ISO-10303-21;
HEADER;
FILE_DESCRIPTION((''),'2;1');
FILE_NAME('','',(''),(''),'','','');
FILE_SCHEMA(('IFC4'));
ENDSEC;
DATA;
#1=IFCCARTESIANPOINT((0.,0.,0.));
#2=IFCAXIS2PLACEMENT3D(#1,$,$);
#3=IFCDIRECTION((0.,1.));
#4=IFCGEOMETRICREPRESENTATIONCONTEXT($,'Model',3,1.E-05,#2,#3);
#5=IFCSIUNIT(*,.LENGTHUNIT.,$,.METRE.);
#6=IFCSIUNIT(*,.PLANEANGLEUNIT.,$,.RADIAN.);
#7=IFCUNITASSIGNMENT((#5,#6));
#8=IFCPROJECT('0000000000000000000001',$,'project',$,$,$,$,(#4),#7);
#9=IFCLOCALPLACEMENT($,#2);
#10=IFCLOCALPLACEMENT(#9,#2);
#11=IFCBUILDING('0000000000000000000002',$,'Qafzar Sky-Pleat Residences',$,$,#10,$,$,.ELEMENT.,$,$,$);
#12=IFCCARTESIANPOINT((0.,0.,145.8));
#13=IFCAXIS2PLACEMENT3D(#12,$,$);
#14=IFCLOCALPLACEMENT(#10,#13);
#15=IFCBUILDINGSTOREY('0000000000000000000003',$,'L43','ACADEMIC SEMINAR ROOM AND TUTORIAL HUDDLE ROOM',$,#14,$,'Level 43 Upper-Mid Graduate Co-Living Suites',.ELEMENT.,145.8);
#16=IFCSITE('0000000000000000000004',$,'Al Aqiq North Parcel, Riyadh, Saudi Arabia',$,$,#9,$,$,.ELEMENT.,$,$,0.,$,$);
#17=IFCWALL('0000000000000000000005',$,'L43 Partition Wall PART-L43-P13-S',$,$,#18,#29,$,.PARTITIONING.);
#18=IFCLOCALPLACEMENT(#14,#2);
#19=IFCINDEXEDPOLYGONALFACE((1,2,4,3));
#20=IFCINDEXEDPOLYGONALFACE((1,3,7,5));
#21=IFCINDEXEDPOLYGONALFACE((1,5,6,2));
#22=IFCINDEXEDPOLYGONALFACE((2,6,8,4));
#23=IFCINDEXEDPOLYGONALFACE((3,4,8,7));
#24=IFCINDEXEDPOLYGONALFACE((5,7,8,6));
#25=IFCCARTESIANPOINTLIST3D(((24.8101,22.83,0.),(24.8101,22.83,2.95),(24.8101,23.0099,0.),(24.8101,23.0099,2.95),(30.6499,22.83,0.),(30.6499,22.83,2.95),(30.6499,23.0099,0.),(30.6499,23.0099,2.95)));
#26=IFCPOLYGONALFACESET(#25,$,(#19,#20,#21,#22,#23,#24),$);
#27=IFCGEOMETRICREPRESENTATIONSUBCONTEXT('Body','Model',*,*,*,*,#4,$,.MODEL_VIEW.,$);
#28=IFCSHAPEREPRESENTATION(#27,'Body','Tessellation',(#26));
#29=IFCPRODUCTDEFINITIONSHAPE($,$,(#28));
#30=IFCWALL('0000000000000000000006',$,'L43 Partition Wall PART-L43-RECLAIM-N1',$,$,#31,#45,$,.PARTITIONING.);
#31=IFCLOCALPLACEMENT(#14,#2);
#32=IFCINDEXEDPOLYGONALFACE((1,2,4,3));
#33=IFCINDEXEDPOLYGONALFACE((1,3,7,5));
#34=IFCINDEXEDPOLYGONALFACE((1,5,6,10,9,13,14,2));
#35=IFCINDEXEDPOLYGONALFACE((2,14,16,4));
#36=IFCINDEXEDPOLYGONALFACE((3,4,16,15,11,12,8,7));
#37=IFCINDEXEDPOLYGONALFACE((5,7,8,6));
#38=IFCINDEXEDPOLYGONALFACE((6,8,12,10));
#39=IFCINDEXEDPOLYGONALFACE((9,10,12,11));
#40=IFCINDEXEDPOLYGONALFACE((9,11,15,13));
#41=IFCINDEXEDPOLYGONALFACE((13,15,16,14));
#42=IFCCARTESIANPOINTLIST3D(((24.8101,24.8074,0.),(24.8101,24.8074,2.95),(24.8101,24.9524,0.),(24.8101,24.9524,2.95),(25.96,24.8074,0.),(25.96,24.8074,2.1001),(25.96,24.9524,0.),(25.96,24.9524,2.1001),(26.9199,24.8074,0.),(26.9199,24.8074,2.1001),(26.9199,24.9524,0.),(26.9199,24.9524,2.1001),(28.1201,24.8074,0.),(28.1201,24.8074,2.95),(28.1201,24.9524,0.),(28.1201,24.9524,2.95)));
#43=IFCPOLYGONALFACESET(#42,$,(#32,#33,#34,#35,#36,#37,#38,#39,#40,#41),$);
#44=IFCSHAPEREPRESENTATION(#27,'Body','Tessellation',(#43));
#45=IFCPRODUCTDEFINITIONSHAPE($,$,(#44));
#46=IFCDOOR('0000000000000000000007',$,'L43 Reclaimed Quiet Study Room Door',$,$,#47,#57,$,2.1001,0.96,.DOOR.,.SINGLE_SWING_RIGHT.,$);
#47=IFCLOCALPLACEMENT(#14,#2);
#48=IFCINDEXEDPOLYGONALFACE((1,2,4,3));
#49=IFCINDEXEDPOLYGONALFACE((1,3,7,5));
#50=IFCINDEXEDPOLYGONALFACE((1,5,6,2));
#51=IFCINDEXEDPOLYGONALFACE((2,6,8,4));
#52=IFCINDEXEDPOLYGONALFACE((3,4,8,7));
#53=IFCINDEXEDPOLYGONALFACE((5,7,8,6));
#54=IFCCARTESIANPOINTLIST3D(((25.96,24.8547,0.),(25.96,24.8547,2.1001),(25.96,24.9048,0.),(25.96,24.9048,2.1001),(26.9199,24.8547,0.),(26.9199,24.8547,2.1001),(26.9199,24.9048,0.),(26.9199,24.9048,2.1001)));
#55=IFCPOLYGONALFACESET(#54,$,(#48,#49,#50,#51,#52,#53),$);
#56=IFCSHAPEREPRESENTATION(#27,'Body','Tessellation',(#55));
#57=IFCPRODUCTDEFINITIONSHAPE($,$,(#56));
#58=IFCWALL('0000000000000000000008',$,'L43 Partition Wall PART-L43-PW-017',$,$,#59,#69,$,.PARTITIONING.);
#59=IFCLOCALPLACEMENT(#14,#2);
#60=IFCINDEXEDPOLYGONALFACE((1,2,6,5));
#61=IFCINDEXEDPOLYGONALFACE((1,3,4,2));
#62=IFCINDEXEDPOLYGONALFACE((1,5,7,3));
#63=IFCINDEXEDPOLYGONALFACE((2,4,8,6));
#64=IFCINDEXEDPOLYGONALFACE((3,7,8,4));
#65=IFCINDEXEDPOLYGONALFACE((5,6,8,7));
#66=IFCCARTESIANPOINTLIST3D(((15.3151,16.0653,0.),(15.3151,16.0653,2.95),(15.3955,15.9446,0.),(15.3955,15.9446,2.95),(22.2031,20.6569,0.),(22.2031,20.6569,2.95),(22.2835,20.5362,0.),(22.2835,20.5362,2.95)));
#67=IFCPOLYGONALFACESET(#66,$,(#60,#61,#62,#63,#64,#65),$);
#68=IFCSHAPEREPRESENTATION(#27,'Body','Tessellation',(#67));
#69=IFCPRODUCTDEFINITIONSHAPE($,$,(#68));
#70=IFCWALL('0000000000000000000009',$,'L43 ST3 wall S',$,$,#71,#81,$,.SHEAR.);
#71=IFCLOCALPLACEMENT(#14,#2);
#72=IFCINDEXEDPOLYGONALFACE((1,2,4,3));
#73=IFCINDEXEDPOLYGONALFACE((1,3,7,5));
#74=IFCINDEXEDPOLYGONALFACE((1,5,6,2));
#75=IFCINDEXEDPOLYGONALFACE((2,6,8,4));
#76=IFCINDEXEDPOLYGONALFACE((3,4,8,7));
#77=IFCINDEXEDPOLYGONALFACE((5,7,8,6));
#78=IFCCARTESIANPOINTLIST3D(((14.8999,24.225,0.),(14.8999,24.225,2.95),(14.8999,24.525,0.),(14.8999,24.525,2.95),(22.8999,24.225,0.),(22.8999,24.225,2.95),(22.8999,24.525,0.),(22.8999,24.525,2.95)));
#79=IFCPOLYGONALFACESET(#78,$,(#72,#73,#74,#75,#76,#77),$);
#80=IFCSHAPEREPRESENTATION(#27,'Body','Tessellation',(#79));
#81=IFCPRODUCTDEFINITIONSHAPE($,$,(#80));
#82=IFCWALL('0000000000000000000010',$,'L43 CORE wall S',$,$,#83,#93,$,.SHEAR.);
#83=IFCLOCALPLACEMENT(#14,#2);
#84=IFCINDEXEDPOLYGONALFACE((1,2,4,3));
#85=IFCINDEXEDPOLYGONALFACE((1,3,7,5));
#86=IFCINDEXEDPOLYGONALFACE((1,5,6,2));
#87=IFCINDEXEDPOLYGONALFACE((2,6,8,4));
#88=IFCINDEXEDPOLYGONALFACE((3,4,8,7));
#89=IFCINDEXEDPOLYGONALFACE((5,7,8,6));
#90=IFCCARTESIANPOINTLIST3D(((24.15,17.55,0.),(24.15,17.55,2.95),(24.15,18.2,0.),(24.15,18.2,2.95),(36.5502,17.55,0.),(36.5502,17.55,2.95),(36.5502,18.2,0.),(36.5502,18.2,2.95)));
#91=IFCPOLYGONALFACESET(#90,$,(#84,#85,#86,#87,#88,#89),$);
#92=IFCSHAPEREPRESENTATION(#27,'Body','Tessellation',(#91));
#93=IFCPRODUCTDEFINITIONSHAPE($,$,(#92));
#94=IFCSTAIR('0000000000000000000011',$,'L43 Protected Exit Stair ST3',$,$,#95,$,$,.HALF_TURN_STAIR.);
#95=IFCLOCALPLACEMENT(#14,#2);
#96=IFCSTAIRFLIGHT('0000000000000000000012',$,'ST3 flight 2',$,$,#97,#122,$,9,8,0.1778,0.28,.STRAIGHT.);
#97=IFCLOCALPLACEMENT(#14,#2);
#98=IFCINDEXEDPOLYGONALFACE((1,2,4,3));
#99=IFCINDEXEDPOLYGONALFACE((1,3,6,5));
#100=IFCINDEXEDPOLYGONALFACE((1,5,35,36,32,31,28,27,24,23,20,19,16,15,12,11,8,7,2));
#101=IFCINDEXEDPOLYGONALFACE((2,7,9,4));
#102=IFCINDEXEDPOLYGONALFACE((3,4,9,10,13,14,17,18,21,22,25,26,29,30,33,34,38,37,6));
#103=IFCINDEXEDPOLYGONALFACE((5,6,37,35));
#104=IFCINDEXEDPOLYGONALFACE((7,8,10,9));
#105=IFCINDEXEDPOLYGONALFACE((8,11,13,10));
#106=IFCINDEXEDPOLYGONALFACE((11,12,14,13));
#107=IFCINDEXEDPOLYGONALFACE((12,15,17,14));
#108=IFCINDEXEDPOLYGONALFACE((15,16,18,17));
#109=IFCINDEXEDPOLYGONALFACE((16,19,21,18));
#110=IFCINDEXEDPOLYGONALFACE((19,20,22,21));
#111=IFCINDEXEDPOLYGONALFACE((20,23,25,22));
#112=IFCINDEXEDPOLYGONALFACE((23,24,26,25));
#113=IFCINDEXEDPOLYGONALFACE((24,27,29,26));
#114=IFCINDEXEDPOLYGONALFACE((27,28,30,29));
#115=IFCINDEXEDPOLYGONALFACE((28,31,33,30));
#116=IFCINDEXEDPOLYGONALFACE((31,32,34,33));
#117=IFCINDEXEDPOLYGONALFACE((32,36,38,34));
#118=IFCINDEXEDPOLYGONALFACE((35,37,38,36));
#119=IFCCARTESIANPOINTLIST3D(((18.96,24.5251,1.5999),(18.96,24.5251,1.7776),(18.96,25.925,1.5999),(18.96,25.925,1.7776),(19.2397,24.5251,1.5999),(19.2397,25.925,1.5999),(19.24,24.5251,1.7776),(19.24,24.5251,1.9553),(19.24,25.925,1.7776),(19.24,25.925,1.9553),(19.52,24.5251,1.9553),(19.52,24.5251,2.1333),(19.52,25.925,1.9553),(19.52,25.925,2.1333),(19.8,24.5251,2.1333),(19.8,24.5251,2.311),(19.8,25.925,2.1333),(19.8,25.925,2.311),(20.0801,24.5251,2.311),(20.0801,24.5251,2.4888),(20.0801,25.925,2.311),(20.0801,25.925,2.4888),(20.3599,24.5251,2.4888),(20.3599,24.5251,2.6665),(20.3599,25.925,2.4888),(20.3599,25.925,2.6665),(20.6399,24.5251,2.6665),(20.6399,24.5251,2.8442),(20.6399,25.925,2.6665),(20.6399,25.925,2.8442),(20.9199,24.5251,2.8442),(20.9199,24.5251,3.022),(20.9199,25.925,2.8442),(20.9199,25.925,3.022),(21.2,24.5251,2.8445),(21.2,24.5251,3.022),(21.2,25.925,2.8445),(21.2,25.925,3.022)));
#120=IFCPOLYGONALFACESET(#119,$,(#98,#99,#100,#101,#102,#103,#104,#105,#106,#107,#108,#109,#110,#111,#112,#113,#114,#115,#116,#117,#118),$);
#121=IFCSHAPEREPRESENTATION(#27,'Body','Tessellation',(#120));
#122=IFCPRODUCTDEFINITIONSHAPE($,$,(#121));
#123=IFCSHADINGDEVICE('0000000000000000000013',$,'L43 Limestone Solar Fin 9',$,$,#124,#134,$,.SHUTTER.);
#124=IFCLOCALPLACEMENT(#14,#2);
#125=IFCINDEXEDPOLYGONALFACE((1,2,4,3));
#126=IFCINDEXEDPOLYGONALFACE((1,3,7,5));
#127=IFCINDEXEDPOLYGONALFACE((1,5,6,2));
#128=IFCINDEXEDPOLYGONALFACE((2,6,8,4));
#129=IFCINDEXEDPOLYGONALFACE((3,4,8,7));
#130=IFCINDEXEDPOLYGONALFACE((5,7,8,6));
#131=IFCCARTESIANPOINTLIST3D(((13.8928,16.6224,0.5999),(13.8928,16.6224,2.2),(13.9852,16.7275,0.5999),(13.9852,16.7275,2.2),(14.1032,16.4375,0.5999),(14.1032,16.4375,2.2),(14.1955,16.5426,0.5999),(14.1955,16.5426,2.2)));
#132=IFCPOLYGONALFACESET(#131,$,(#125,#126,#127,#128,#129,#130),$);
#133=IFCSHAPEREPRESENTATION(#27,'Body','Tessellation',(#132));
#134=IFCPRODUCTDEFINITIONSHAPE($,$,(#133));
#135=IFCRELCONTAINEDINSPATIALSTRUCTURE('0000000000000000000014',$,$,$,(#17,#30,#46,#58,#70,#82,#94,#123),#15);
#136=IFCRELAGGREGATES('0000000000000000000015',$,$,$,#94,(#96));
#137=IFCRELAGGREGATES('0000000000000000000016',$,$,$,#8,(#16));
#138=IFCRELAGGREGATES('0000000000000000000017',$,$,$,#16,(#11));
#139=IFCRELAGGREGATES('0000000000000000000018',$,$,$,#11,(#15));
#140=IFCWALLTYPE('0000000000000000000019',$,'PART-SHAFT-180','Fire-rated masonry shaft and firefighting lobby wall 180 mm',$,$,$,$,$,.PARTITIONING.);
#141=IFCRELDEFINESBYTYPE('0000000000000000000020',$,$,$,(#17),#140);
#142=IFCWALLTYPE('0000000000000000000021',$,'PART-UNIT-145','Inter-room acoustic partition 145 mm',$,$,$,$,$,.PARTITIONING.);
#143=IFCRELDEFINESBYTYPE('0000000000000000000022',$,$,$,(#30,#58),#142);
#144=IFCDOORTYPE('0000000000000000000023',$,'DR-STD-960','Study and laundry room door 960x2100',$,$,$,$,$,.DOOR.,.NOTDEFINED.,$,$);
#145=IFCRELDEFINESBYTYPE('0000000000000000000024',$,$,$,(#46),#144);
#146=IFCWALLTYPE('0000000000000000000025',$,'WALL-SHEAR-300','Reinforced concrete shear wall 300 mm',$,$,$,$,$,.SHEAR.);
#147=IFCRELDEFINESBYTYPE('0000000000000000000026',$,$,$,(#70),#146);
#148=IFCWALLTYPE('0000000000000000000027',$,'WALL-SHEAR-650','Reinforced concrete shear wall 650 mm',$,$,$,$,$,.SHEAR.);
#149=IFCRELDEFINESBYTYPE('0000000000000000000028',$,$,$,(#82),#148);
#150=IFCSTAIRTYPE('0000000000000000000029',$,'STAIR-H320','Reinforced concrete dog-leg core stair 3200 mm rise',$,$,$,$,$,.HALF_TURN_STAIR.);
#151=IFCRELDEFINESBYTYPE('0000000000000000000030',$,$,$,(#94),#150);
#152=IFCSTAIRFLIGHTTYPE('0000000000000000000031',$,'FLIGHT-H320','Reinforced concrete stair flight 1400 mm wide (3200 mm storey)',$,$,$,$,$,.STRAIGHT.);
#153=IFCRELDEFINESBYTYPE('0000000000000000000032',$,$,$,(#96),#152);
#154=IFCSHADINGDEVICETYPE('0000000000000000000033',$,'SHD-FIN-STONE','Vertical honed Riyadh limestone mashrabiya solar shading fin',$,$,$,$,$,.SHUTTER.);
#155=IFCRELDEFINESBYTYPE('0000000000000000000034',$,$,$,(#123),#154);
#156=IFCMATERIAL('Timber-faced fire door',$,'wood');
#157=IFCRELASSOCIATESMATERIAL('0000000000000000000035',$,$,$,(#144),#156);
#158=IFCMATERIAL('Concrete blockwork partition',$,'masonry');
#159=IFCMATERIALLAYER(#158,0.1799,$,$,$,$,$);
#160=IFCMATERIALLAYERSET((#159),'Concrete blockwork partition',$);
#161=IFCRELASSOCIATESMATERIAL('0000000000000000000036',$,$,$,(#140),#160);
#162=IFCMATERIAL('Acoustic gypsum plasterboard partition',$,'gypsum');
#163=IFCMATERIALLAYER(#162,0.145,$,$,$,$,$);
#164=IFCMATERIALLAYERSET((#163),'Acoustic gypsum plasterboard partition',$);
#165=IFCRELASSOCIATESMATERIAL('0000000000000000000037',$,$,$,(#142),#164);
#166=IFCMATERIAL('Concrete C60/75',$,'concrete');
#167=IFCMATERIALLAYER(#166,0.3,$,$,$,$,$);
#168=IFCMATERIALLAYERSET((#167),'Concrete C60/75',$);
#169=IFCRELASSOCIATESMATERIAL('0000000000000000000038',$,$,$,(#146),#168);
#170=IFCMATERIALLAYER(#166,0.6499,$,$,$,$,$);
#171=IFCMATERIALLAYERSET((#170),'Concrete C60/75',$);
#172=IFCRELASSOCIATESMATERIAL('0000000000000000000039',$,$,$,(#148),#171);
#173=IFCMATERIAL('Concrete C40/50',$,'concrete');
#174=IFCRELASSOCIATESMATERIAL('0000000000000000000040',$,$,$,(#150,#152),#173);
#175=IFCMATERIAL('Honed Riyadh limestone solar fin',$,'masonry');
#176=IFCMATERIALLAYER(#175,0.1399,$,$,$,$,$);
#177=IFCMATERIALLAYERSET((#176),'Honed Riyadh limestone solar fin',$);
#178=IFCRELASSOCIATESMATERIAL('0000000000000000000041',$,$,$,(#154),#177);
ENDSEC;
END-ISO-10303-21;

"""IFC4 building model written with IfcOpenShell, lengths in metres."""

from ifc_helpers import new_model, si_unit, direction, frame, frame_2d, origin, origin_2d, place, context, subcontext, project, spatial, polyline, rectangle, outline, extrude, source, transform, mapped, material, layer, layer_set, type_object, element, fill, aggregate, save


model = new_model("IFC4")

# Units and contexts
model_context = context("Model", 3, precision=1e-05, world=origin(), true_north=direction((0.0, 1.0)))
body_context = subcontext(model_context, "Body", "Model", "MODEL_VIEW")
ifc_project = project(units=[si_unit("LENGTHUNIT", "METRE"), si_unit("PLANEANGLEUNIT", "RADIAN")], contexts=[model_context])

# Site, building, storey
site_placement = place(None, origin())
site = spatial("IfcSite", under=ifc_project, at=site_placement, Name="Al Aqiq North Parcel, Riyadh, Saudi Arabia", CompositionType="ELEMENT", RefElevation=0.0)
building_placement = place(site_placement, origin())
building = spatial("IfcBuilding", under=site, at=building_placement, Name="Qafzar Sky-Pleat Residences", CompositionType="ELEMENT")
storey_placement = place(building_placement, frame((0.0, 0.0, 145.8)))
storey = spatial("IfcBuildingStorey", under=building, at=storey_placement, Name="L43", Description="ACADEMIC SEMINAR ROOM AND TUTORIAL HUDDLE ROOM", LongName="Level 43 Upper-Mid Graduate Co-Living Suites", CompositionType="ELEMENT", Elevation=145.8)

# Shared definitions
ifc_material_1 = material(Name="Acoustic gypsum plasterboard partition", Category="gypsum")
ifc_material_2 = material(Name="Timber-faced fire door", Category="wood")
door_type_1 = type_object("IfcDoorType", Name="DR-STD-960", Description="Study and laundry room door 960x2100", OperationType="NOTDEFINED", PredefinedType="DOOR", material=ifc_material_2)
shared_shape_1 = source(origin(), body_context, "Body", "SweptSolid", [
    extrude(rectangle(XDim=0.96, YDim=2.1001, at=frame_2d((0.48, 1.05))), frame((0.0, 0.0249, 0.0), z_axis=(0.0, -1.0, 0.0), x_axis=(1.0, 0.0, 0.0)), (0.0, 0.0, 1.0), 0.05),
])

# Wall
ifc_material_3 = material(Name="Concrete blockwork partition", Category="masonry")
ifc_layer_1 = layer(ifc_material_3, 0.1799)
ifc_layer_set_1 = layer_set([ifc_layer_1], Name="Concrete blockwork partition")
wall_type_1 = type_object("IfcWallType", Name="PART-SHAFT-180", Description="Fire-rated masonry shaft and firefighting lobby wall 180 mm", PredefinedType="PARTITIONING", material=ifc_layer_set_1)
wall_1_placement = place(storey_placement, frame((24.8101, 22.9199, 0.0), z_axis=(0.0, 0.0, 1.0), x_axis=(1.0, 0.0, 0.0)))
element("IfcWall", 1, at=wall_1_placement, inside=storey, type_object=wall_type_1, Name="L43 Partition Wall PART-L43-P13-S", PredefinedType="PARTITIONING", context=body_context, shape_type="SweptSolid", body=[
    extrude(rectangle(XDim=5.8398, YDim=0.1799, at=frame_2d((2.9199, 0.0))), origin(), (0.0, 0.0, 1.0), 2.95),
])

# Wall, opening, door
ifc_layer_2 = layer(ifc_material_1, 0.145)
ifc_layer_set_2 = layer_set([ifc_layer_2], Name="Acoustic gypsum plasterboard partition")
wall_type_2 = type_object("IfcWallType", Name="PART-UNIT-145", Description="Inter-room acoustic partition 145 mm", PredefinedType="PARTITIONING", material=ifc_layer_set_2)
wall_2_placement = place(storey_placement, frame((24.8101, 24.8799, 0.0), z_axis=(0.0, 0.0, 1.0), x_axis=(1.0, 0.0, 0.0)))
wall_2 = element("IfcWall", 2, at=wall_2_placement, inside=storey, type_object=wall_type_2, Name="L43 Partition Wall PART-L43-RECLAIM-N1", PredefinedType="PARTITIONING", context=body_context, shape_type="SweptSolid", body=[
    extrude(rectangle(XDim=3.3101, YDim=0.145, at=frame_2d((1.655, 0.0))), origin(), (0.0, 0.0, 1.0), 2.95),
])
opening_1_placement = place(wall_2_placement, frame((1.1499, 0.0, 0.0)))
opening_1 = element("IfcOpeningElement", 3, at=opening_1_placement, cuts=wall_2, PredefinedType="OPENING", context=body_context, shape_type="SweptSolid", body=[
    extrude(rectangle(XDim=0.96, YDim=2.1001, at=frame_2d((0.48, 1.05))), frame((0.0, 0.0825, 0.0), z_axis=(0.0, -1.0, 0.0), x_axis=(1.0, 0.0, 0.0)), (0.0, 0.0, 1.0), 0.165),
])
door_1_placement = place(opening_1_placement, origin())
door_1 = element("IfcDoor", 4, at=door_1_placement, inside=storey, type_object=door_type_1, Name="L43 Reclaimed Quiet Study Room Door", OperationType="SINGLE_SWING_RIGHT", OverallHeight=2.1001, OverallWidth=0.96, PredefinedType="DOOR", context=body_context, shape_type="MappedRepresentation", body=[
    mapped(shared_shape_1, transform((0.0, 0.0, 0.0), x_axis=(1.0, 0.0, 0.0), y_axis=(0.0, 1.0, 0.0), z_axis=(0.0, 0.0, 1.0), scale=1.0)),
])
fill(opening_1, door_1)

# Wall
wall_3_placement = place(storey_placement, frame((15.3552, 16.0049, 0.0), z_axis=(0.0, 0.0, 1.0), x_axis=(0.832073, 0.554666, 0.0)))
element("IfcWall", 5, at=wall_3_placement, inside=storey, type_object=wall_type_2, Name="L43 Partition Wall PART-L43-PW-017", PredefinedType="PARTITIONING", context=body_context, shape_type="SweptSolid", body=[
    extrude(rectangle(XDim=8.2781, YDim=0.145, at=frame_2d((4.1392, 0.0))), origin(), (0.0, 0.0, 1.0), 2.95),
])

# Shared definitions
ifc_material_4 = material(Name="Concrete C60/75", Category="concrete")
ifc_layer_3 = layer(ifc_material_4, 0.3)
ifc_layer_set_3 = layer_set([ifc_layer_3], Name="Concrete C60/75")
wall_type_3 = type_object("IfcWallType", Name="WALL-SHEAR-300", Description="Reinforced concrete shear wall 300 mm", PredefinedType="SHEAR", material=ifc_layer_set_3)

# Wall
wall_4_placement = place(storey_placement, frame((14.8999, 24.375, 0.0), z_axis=(0.0, 0.0, 1.0), x_axis=(1.0, 0.0, 0.0)))
element("IfcWall", 6, at=wall_4_placement, inside=storey, type_object=wall_type_3, Name="L43 ST3 wall S", PredefinedType="SHEAR", context=body_context, shape_type="SweptSolid", body=[
    extrude(rectangle(XDim=8.0, YDim=0.3, at=frame_2d((4.0, 0.0))), origin(), (0.0, 0.0, 1.0), 2.95),
])

# Wall
ifc_layer_4 = layer(ifc_material_4, 0.6499)
ifc_layer_set_4 = layer_set([ifc_layer_4], Name="Concrete C60/75")
wall_type_4 = type_object("IfcWallType", Name="WALL-SHEAR-650", Description="Reinforced concrete shear wall 650 mm", PredefinedType="SHEAR", material=ifc_layer_set_4)
wall_5_placement = place(storey_placement, frame((24.1499, 17.875, 0.0), z_axis=(0.0, 0.0, 1.0), x_axis=(1.0, 0.0, 0.0)))
element("IfcWall", 7, at=wall_5_placement, inside=storey, type_object=wall_type_4, Name="L43 CORE wall S", PredefinedType="SHEAR", context=body_context, shape_type="SweptSolid", body=[
    extrude(rectangle(XDim=12.4001, YDim=0.6499, at=frame_2d((6.2002, 0.0))), origin(), (0.0, 0.0, 1.0), 2.95),
])

# Stair, stair flight
ifc_material_5 = material(Name="Concrete C40/50", Category="concrete")
stair_type = type_object("IfcStairType", Name="STAIR-H320", Description="Reinforced concrete dog-leg core stair 3200 mm rise", PredefinedType="HALF_TURN_STAIR", material=ifc_material_5)
stair_placement = place(storey_placement, origin())
stair = element("IfcStair", 8, at=stair_placement, inside=storey, type_object=stair_type, Name="L43 Protected Exit Stair ST3", PredefinedType="HALF_TURN_STAIR")
stair_flight_type = type_object("IfcStairFlightType", Name="FLIGHT-H320", Description="Reinforced concrete stair flight 1400 mm wide (3200 mm storey)", PredefinedType="STRAIGHT", material=ifc_material_5)
shared_shape_2 = source(origin(), body_context, "Body", "SweptSolid", [
    extrude(outline(polyline([(0.0, 0.0), (0.0, 0.1777), (0.28, 0.1777), (0.28, 0.3555), (0.5601, 0.3555), (0.5601, 0.5334), (0.8401, 0.5334), (0.8401, 0.7112), (1.1201, 0.7112), (1.1201, 0.8889), (1.3999, 0.8889), (1.3999, 1.0667), (1.6799, 1.0667), (1.6799, 1.2444), (1.96, 1.2444), (1.96, 1.4221), (2.24, 1.4221), (2.24, 1.6001), (2.24, 1.2446), (0.2798, 0.0), (0.0, 0.0)])), frame((0.0, 0.7, 0.0), z_axis=(0.0, -1.0, 0.0), x_axis=(1.0, 0.0, 0.0)), (0.0, 0.0, 1.0), 1.3999),
])
stair_flight_placement = place(storey_placement, frame((18.96, 25.2251, 1.5999), z_axis=(0.0, 0.0, 1.0), x_axis=(1.0, 0.0, 0.0)))
stair_flight = element("IfcStairFlight", 9, at=stair_flight_placement, type_object=stair_flight_type, Name="ST3 flight 2", NumberOfRisers=9, NumberOfTreads=8, PredefinedType="STRAIGHT", RiserHeight=0.1778, TreadLength=0.28, context=body_context, shape_type="MappedRepresentation", body=[
    mapped(shared_shape_2, transform((0.0, 0.0, 0.0), x_axis=(1.0, 0.0, 0.0), y_axis=(0.0, 1.0, 0.0), z_axis=(0.0, 0.0, 1.0), scale=1.0)),
])
aggregate(stair, [stair_flight])

# Shading device
ifc_material_6 = material(Name="Honed Riyadh limestone solar fin", Category="masonry")
ifc_layer_5 = layer(ifc_material_6, 0.1399)
ifc_layer_set_5 = layer_set([ifc_layer_5], Name="Honed Riyadh limestone solar fin")
shading_device_type = type_object("IfcShadingDeviceType", Name="SHD-FIN-STONE", Description="Vertical honed Riyadh limestone mashrabiya solar shading fin", PredefinedType="SHUTTER", material=ifc_layer_set_5)
shared_shape_3 = source(origin(), body_context, "Body", "SweptSolid", [
    extrude(rectangle(XDim=0.1399, YDim=0.28, at=origin_2d()), origin(), (0.0, 0.0, 1.0), 1.6001),
])
shading_device_placement = place(storey_placement, frame((14.0442, 16.5825, 0.5999), z_axis=(0.0, 0.0, 1.0), x_axis=(-0.660155, -0.75113, 0.0)))
element("IfcShadingDevice", 10, at=shading_device_placement, inside=storey, type_object=shading_device_type, Name="L43 Limestone Solar Fin 9", PredefinedType="SHUTTER", context=body_context, shape_type="MappedRepresentation", body=[
    mapped(shared_shape_3, transform((0.0, 0.0, 0.0), x_axis=(1.0, 0.0, 0.0), y_axis=(0.0, 1.0, 0.0), z_axis=(0.0, 0.0, 1.0), scale=1.0)),
])

save(model, "model.ifc")
